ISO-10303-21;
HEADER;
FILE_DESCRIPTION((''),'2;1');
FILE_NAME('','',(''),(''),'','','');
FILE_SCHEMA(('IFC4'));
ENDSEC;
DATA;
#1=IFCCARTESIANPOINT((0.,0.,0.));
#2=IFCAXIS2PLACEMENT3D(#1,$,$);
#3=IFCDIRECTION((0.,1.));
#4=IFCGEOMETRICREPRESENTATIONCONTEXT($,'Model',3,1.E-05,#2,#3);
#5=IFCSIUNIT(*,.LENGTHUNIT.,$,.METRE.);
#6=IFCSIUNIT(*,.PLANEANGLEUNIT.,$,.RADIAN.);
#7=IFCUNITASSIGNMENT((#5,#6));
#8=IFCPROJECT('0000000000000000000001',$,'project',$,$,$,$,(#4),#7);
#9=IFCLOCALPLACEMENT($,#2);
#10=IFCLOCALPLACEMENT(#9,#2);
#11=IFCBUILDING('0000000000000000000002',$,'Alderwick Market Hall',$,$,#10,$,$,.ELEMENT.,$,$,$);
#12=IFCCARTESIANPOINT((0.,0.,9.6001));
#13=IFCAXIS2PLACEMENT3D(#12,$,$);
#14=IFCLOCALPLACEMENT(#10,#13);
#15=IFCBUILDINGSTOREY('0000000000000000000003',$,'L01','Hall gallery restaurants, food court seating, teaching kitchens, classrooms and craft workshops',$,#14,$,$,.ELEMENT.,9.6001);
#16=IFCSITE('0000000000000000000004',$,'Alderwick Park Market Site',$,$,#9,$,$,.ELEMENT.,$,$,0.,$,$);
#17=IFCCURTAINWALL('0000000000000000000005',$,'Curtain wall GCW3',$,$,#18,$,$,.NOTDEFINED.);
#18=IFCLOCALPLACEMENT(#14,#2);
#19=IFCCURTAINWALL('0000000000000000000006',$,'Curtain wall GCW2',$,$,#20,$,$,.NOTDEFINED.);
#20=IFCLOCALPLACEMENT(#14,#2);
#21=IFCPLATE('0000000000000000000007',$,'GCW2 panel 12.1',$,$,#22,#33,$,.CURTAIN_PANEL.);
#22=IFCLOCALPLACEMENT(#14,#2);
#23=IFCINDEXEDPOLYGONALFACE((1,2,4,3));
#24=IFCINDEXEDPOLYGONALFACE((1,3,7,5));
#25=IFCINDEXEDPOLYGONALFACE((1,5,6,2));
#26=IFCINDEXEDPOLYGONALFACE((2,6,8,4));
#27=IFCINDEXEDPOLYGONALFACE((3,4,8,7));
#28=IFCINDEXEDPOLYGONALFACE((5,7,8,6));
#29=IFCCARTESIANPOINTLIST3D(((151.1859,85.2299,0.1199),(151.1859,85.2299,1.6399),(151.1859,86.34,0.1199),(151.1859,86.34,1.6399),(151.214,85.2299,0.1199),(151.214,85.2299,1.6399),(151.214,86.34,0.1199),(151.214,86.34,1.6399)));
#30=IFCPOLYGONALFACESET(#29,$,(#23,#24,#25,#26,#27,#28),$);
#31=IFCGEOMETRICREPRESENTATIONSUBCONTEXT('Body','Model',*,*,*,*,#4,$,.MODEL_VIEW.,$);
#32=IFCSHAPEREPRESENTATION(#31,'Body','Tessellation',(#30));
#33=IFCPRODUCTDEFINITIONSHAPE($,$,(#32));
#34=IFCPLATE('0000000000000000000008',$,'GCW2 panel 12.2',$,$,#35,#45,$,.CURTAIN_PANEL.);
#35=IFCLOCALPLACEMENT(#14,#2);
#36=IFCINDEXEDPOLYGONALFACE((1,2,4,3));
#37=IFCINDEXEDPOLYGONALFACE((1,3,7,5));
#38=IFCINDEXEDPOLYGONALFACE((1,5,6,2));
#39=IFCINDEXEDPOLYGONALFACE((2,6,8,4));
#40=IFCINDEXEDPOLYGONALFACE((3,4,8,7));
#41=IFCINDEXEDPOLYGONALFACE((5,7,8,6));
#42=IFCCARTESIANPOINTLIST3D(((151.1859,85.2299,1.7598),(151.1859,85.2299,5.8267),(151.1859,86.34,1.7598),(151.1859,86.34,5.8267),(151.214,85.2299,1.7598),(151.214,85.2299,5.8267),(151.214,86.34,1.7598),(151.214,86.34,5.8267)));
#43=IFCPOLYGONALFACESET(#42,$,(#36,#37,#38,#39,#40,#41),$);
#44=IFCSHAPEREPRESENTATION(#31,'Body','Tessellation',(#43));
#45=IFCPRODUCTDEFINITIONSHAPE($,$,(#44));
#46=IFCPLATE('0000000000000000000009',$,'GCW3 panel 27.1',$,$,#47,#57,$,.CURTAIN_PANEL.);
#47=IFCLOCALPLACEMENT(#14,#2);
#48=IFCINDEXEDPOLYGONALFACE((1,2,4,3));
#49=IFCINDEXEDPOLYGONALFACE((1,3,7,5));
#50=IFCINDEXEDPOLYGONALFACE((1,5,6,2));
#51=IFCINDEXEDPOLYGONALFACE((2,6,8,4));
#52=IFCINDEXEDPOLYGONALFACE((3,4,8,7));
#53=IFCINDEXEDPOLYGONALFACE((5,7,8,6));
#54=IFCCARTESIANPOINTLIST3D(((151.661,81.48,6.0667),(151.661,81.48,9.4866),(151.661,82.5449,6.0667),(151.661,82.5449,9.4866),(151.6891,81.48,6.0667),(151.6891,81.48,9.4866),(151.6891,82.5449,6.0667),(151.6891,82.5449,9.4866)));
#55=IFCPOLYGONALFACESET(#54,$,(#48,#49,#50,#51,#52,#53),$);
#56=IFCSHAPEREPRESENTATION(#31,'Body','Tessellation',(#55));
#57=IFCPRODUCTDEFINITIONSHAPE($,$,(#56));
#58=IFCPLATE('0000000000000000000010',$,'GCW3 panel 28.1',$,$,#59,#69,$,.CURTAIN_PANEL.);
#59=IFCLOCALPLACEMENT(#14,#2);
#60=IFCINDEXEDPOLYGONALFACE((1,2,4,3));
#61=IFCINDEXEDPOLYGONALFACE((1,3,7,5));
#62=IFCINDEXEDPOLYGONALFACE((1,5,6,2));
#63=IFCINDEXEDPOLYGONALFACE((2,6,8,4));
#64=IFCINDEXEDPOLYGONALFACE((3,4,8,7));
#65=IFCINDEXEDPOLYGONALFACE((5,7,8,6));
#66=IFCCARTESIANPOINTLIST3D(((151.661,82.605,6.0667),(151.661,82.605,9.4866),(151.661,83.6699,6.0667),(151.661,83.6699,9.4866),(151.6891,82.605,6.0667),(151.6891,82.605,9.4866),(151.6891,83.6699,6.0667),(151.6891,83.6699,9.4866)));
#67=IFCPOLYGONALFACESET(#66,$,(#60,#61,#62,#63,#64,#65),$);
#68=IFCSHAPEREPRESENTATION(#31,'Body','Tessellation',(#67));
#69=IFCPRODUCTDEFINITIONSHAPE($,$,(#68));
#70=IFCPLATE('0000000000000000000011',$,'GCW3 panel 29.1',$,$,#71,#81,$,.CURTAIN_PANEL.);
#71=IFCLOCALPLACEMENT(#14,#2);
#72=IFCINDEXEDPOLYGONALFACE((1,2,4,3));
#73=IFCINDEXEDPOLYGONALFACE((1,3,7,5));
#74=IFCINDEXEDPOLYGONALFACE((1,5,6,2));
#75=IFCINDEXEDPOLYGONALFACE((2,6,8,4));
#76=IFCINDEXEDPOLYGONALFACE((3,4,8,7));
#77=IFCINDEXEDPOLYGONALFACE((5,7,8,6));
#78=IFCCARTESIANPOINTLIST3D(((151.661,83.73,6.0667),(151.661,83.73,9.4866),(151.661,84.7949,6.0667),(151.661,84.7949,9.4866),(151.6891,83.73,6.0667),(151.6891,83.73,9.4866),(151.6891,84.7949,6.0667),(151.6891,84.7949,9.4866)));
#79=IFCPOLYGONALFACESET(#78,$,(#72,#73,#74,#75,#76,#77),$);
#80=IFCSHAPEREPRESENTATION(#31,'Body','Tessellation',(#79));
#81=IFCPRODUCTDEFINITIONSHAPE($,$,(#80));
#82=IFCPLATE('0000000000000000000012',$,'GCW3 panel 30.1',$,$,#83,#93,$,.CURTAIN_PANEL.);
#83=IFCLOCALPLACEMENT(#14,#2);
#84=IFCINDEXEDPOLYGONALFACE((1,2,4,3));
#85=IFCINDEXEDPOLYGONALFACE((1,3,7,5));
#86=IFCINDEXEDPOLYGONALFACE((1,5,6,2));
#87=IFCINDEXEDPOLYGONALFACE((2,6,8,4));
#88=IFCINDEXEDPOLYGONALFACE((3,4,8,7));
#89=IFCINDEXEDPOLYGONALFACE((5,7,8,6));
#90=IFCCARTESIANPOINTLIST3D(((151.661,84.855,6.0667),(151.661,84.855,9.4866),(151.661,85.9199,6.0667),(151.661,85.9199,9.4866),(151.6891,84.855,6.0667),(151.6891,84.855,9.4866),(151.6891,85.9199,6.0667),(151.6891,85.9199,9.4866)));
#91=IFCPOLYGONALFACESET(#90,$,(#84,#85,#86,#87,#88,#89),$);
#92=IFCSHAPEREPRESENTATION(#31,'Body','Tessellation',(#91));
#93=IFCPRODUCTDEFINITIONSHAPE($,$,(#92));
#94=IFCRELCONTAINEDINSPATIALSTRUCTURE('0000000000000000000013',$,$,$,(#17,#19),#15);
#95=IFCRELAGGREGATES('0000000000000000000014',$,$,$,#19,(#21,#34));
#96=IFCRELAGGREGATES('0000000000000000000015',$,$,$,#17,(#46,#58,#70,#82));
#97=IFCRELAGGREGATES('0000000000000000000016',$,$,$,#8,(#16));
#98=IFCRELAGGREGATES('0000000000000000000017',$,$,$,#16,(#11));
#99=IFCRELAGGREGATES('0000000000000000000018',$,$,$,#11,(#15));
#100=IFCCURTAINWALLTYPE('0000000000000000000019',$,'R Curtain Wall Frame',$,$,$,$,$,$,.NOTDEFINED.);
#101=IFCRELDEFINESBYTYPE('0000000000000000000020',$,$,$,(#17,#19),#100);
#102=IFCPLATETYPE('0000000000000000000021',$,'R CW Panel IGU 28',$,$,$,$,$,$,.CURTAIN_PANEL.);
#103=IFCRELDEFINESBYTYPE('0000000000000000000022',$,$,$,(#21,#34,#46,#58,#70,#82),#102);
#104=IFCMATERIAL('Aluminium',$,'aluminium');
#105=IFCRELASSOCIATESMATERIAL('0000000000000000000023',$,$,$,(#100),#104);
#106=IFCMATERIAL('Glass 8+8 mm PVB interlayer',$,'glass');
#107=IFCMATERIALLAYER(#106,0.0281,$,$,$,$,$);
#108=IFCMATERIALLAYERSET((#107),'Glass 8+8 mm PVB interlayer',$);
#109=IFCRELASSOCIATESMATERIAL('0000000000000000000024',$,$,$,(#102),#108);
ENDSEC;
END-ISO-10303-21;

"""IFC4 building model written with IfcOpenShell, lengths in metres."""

from ifc_helpers import new_model, si_unit, direction, frame, origin, origin_2d, place, context, subcontext, project, spatial, rectangle, extrude, material, layer, layer_set, type_object, element, aggregate, save


model = new_model("IFC4")

# Units and contexts
model_context = context("Model", 3, precision=1e-05, world=origin(), true_north=direction((0.0, 1.0)))
body_context = subcontext(model_context, "Body", "Model", "MODEL_VIEW")
ifc_project = project(units=[si_unit("LENGTHUNIT", "METRE"), si_unit("PLANEANGLEUNIT", "RADIAN")], contexts=[model_context])

# Site, building, storey
site_placement = place(None, origin())
site = spatial("IfcSite", under=ifc_project, at=site_placement, Name="Alderwick Park Market Site", CompositionType="ELEMENT", RefElevation=0.0)
building_placement = place(site_placement, origin())
building = spatial("IfcBuilding", under=site, at=building_placement, Name="Alderwick Market Hall", CompositionType="ELEMENT")
storey_placement = place(building_placement, frame((0.0, 0.0, 9.6001)))
storey = spatial("IfcBuildingStorey", under=building, at=storey_placement, Name="L01", Description="Hall gallery restaurants, food court seating, teaching kitchens, classrooms and craft workshops", CompositionType="ELEMENT", Elevation=9.6001)

# Curtain walls
ifc_material_1 = material(Name="Aluminium", Category="aluminium")
curtain_wall_type = type_object("IfcCurtainWallType", Name="R Curtain Wall Frame", PredefinedType="NOTDEFINED", material=ifc_material_1)
curtain_wall_1_placement = place(storey_placement, origin())
curtain_wall_1 = element("IfcCurtainWall", 1, at=curtain_wall_1_placement, inside=storey, type_object=curtain_wall_type, Name="Curtain wall GCW3", PredefinedType="NOTDEFINED")
curtain_wall_2_placement = place(storey_placement, origin())
curtain_wall_2 = element("IfcCurtainWall", 2, at=curtain_wall_2_placement, inside=storey, type_object=curtain_wall_type, Name="Curtain wall GCW2", PredefinedType="NOTDEFINED")

# Plates
ifc_material_2 = material(Name="Glass 8+8 mm PVB interlayer", Category="glass")
ifc_layer = layer(ifc_material_2, 0.0281)
ifc_layer_set = layer_set([ifc_layer], Name="Glass 8+8 mm PVB interlayer")
plate_type = type_object("IfcPlateType", Name="R CW Panel IGU 28", PredefinedType="CURTAIN_PANEL", material=ifc_layer_set)
plate_1_placement = place(storey_placement, frame((151.2, 85.7849, 0.1199), z_axis=(0.0, 0.0, 1.0), x_axis=(1.0, 0.0, 0.0)))
plate_1 = element("IfcPlate", 3, at=plate_1_placement, type_object=plate_type, Name="GCW2 panel 12.1", PredefinedType="CURTAIN_PANEL", context=body_context, shape_type="SweptSolid", body=[
    extrude(rectangle(XDim=0.0281, YDim=1.1101, at=origin_2d()), origin(), (0.0, 0.0, 1.0), 1.52),
])
plate_2_placement = place(storey_placement, frame((151.2, 85.7849, 1.7598), z_axis=(0.0, 0.0, 1.0), x_axis=(1.0, 0.0, 0.0)))
plate_2 = element("IfcPlate", 4, at=plate_2_placement, type_object=plate_type, Name="GCW2 panel 12.2", PredefinedType="CURTAIN_PANEL", context=body_context, shape_type="SweptSolid", body=[
    extrude(rectangle(XDim=0.0281, YDim=1.1101, at=origin_2d()), origin(), (0.0, 0.0, 1.0), 4.0669),
])
aggregate(curtain_wall_2, [plate_1, plate_2])
plate_3_placement = place(storey_placement, frame((151.675, 82.0125, 6.0667), z_axis=(0.0, 0.0, 1.0), x_axis=(1.0, 0.0, 0.0)))
plate_3 = element("IfcPlate", 5, at=plate_3_placement, type_object=plate_type, Name="GCW3 panel 27.1", PredefinedType="CURTAIN_PANEL", context=body_context, shape_type="SweptSolid", body=[
    extrude(rectangle(XDim=0.0281, YDim=1.0649, at=origin_2d()), origin(), (0.0, 0.0, 1.0), 3.4199),
])
plate_4_placement = place(storey_placement, frame((151.675, 83.1375, 6.0667), z_axis=(0.0, 0.0, 1.0), x_axis=(1.0, 0.0, 0.0)))
plate_4 = element("IfcPlate", 6, at=plate_4_placement, type_object=plate_type, Name="GCW3 panel 28.1", PredefinedType="CURTAIN_PANEL", context=body_context, shape_type="SweptSolid", body=[
    extrude(rectangle(XDim=0.0281, YDim=1.0649, at=origin_2d()), origin(), (0.0, 0.0, 1.0), 3.4199),
])
plate_5_placement = place(storey_placement, frame((151.675, 84.2625, 6.0667), z_axis=(0.0, 0.0, 1.0), x_axis=(1.0, 0.0, 0.0)))
plate_5 = element("IfcPlate", 7, at=plate_5_placement, type_object=plate_type, Name="GCW3 panel 29.1", PredefinedType="CURTAIN_PANEL", context=body_context, shape_type="SweptSolid", body=[
    extrude(rectangle(XDim=0.0281, YDim=1.0649, at=origin_2d()), origin(), (0.0, 0.0, 1.0), 3.4199),
])
plate_6_placement = place(storey_placement, frame((151.675, 85.3875, 6.0667), z_axis=(0.0, 0.0, 1.0), x_axis=(1.0, 0.0, 0.0)))
plate_6 = element("IfcPlate", 8, at=plate_6_placement, type_object=plate_type, Name="GCW3 panel 30.1", PredefinedType="CURTAIN_PANEL", context=body_context, shape_type="SweptSolid", body=[
    extrude(rectangle(XDim=0.0281, YDim=1.0649, at=origin_2d()), origin(), (0.0, 0.0, 1.0), 3.4199),
])
aggregate(curtain_wall_1, [plate_3, plate_4, plate_5, plate_6])

save(model, "model.ifc")
